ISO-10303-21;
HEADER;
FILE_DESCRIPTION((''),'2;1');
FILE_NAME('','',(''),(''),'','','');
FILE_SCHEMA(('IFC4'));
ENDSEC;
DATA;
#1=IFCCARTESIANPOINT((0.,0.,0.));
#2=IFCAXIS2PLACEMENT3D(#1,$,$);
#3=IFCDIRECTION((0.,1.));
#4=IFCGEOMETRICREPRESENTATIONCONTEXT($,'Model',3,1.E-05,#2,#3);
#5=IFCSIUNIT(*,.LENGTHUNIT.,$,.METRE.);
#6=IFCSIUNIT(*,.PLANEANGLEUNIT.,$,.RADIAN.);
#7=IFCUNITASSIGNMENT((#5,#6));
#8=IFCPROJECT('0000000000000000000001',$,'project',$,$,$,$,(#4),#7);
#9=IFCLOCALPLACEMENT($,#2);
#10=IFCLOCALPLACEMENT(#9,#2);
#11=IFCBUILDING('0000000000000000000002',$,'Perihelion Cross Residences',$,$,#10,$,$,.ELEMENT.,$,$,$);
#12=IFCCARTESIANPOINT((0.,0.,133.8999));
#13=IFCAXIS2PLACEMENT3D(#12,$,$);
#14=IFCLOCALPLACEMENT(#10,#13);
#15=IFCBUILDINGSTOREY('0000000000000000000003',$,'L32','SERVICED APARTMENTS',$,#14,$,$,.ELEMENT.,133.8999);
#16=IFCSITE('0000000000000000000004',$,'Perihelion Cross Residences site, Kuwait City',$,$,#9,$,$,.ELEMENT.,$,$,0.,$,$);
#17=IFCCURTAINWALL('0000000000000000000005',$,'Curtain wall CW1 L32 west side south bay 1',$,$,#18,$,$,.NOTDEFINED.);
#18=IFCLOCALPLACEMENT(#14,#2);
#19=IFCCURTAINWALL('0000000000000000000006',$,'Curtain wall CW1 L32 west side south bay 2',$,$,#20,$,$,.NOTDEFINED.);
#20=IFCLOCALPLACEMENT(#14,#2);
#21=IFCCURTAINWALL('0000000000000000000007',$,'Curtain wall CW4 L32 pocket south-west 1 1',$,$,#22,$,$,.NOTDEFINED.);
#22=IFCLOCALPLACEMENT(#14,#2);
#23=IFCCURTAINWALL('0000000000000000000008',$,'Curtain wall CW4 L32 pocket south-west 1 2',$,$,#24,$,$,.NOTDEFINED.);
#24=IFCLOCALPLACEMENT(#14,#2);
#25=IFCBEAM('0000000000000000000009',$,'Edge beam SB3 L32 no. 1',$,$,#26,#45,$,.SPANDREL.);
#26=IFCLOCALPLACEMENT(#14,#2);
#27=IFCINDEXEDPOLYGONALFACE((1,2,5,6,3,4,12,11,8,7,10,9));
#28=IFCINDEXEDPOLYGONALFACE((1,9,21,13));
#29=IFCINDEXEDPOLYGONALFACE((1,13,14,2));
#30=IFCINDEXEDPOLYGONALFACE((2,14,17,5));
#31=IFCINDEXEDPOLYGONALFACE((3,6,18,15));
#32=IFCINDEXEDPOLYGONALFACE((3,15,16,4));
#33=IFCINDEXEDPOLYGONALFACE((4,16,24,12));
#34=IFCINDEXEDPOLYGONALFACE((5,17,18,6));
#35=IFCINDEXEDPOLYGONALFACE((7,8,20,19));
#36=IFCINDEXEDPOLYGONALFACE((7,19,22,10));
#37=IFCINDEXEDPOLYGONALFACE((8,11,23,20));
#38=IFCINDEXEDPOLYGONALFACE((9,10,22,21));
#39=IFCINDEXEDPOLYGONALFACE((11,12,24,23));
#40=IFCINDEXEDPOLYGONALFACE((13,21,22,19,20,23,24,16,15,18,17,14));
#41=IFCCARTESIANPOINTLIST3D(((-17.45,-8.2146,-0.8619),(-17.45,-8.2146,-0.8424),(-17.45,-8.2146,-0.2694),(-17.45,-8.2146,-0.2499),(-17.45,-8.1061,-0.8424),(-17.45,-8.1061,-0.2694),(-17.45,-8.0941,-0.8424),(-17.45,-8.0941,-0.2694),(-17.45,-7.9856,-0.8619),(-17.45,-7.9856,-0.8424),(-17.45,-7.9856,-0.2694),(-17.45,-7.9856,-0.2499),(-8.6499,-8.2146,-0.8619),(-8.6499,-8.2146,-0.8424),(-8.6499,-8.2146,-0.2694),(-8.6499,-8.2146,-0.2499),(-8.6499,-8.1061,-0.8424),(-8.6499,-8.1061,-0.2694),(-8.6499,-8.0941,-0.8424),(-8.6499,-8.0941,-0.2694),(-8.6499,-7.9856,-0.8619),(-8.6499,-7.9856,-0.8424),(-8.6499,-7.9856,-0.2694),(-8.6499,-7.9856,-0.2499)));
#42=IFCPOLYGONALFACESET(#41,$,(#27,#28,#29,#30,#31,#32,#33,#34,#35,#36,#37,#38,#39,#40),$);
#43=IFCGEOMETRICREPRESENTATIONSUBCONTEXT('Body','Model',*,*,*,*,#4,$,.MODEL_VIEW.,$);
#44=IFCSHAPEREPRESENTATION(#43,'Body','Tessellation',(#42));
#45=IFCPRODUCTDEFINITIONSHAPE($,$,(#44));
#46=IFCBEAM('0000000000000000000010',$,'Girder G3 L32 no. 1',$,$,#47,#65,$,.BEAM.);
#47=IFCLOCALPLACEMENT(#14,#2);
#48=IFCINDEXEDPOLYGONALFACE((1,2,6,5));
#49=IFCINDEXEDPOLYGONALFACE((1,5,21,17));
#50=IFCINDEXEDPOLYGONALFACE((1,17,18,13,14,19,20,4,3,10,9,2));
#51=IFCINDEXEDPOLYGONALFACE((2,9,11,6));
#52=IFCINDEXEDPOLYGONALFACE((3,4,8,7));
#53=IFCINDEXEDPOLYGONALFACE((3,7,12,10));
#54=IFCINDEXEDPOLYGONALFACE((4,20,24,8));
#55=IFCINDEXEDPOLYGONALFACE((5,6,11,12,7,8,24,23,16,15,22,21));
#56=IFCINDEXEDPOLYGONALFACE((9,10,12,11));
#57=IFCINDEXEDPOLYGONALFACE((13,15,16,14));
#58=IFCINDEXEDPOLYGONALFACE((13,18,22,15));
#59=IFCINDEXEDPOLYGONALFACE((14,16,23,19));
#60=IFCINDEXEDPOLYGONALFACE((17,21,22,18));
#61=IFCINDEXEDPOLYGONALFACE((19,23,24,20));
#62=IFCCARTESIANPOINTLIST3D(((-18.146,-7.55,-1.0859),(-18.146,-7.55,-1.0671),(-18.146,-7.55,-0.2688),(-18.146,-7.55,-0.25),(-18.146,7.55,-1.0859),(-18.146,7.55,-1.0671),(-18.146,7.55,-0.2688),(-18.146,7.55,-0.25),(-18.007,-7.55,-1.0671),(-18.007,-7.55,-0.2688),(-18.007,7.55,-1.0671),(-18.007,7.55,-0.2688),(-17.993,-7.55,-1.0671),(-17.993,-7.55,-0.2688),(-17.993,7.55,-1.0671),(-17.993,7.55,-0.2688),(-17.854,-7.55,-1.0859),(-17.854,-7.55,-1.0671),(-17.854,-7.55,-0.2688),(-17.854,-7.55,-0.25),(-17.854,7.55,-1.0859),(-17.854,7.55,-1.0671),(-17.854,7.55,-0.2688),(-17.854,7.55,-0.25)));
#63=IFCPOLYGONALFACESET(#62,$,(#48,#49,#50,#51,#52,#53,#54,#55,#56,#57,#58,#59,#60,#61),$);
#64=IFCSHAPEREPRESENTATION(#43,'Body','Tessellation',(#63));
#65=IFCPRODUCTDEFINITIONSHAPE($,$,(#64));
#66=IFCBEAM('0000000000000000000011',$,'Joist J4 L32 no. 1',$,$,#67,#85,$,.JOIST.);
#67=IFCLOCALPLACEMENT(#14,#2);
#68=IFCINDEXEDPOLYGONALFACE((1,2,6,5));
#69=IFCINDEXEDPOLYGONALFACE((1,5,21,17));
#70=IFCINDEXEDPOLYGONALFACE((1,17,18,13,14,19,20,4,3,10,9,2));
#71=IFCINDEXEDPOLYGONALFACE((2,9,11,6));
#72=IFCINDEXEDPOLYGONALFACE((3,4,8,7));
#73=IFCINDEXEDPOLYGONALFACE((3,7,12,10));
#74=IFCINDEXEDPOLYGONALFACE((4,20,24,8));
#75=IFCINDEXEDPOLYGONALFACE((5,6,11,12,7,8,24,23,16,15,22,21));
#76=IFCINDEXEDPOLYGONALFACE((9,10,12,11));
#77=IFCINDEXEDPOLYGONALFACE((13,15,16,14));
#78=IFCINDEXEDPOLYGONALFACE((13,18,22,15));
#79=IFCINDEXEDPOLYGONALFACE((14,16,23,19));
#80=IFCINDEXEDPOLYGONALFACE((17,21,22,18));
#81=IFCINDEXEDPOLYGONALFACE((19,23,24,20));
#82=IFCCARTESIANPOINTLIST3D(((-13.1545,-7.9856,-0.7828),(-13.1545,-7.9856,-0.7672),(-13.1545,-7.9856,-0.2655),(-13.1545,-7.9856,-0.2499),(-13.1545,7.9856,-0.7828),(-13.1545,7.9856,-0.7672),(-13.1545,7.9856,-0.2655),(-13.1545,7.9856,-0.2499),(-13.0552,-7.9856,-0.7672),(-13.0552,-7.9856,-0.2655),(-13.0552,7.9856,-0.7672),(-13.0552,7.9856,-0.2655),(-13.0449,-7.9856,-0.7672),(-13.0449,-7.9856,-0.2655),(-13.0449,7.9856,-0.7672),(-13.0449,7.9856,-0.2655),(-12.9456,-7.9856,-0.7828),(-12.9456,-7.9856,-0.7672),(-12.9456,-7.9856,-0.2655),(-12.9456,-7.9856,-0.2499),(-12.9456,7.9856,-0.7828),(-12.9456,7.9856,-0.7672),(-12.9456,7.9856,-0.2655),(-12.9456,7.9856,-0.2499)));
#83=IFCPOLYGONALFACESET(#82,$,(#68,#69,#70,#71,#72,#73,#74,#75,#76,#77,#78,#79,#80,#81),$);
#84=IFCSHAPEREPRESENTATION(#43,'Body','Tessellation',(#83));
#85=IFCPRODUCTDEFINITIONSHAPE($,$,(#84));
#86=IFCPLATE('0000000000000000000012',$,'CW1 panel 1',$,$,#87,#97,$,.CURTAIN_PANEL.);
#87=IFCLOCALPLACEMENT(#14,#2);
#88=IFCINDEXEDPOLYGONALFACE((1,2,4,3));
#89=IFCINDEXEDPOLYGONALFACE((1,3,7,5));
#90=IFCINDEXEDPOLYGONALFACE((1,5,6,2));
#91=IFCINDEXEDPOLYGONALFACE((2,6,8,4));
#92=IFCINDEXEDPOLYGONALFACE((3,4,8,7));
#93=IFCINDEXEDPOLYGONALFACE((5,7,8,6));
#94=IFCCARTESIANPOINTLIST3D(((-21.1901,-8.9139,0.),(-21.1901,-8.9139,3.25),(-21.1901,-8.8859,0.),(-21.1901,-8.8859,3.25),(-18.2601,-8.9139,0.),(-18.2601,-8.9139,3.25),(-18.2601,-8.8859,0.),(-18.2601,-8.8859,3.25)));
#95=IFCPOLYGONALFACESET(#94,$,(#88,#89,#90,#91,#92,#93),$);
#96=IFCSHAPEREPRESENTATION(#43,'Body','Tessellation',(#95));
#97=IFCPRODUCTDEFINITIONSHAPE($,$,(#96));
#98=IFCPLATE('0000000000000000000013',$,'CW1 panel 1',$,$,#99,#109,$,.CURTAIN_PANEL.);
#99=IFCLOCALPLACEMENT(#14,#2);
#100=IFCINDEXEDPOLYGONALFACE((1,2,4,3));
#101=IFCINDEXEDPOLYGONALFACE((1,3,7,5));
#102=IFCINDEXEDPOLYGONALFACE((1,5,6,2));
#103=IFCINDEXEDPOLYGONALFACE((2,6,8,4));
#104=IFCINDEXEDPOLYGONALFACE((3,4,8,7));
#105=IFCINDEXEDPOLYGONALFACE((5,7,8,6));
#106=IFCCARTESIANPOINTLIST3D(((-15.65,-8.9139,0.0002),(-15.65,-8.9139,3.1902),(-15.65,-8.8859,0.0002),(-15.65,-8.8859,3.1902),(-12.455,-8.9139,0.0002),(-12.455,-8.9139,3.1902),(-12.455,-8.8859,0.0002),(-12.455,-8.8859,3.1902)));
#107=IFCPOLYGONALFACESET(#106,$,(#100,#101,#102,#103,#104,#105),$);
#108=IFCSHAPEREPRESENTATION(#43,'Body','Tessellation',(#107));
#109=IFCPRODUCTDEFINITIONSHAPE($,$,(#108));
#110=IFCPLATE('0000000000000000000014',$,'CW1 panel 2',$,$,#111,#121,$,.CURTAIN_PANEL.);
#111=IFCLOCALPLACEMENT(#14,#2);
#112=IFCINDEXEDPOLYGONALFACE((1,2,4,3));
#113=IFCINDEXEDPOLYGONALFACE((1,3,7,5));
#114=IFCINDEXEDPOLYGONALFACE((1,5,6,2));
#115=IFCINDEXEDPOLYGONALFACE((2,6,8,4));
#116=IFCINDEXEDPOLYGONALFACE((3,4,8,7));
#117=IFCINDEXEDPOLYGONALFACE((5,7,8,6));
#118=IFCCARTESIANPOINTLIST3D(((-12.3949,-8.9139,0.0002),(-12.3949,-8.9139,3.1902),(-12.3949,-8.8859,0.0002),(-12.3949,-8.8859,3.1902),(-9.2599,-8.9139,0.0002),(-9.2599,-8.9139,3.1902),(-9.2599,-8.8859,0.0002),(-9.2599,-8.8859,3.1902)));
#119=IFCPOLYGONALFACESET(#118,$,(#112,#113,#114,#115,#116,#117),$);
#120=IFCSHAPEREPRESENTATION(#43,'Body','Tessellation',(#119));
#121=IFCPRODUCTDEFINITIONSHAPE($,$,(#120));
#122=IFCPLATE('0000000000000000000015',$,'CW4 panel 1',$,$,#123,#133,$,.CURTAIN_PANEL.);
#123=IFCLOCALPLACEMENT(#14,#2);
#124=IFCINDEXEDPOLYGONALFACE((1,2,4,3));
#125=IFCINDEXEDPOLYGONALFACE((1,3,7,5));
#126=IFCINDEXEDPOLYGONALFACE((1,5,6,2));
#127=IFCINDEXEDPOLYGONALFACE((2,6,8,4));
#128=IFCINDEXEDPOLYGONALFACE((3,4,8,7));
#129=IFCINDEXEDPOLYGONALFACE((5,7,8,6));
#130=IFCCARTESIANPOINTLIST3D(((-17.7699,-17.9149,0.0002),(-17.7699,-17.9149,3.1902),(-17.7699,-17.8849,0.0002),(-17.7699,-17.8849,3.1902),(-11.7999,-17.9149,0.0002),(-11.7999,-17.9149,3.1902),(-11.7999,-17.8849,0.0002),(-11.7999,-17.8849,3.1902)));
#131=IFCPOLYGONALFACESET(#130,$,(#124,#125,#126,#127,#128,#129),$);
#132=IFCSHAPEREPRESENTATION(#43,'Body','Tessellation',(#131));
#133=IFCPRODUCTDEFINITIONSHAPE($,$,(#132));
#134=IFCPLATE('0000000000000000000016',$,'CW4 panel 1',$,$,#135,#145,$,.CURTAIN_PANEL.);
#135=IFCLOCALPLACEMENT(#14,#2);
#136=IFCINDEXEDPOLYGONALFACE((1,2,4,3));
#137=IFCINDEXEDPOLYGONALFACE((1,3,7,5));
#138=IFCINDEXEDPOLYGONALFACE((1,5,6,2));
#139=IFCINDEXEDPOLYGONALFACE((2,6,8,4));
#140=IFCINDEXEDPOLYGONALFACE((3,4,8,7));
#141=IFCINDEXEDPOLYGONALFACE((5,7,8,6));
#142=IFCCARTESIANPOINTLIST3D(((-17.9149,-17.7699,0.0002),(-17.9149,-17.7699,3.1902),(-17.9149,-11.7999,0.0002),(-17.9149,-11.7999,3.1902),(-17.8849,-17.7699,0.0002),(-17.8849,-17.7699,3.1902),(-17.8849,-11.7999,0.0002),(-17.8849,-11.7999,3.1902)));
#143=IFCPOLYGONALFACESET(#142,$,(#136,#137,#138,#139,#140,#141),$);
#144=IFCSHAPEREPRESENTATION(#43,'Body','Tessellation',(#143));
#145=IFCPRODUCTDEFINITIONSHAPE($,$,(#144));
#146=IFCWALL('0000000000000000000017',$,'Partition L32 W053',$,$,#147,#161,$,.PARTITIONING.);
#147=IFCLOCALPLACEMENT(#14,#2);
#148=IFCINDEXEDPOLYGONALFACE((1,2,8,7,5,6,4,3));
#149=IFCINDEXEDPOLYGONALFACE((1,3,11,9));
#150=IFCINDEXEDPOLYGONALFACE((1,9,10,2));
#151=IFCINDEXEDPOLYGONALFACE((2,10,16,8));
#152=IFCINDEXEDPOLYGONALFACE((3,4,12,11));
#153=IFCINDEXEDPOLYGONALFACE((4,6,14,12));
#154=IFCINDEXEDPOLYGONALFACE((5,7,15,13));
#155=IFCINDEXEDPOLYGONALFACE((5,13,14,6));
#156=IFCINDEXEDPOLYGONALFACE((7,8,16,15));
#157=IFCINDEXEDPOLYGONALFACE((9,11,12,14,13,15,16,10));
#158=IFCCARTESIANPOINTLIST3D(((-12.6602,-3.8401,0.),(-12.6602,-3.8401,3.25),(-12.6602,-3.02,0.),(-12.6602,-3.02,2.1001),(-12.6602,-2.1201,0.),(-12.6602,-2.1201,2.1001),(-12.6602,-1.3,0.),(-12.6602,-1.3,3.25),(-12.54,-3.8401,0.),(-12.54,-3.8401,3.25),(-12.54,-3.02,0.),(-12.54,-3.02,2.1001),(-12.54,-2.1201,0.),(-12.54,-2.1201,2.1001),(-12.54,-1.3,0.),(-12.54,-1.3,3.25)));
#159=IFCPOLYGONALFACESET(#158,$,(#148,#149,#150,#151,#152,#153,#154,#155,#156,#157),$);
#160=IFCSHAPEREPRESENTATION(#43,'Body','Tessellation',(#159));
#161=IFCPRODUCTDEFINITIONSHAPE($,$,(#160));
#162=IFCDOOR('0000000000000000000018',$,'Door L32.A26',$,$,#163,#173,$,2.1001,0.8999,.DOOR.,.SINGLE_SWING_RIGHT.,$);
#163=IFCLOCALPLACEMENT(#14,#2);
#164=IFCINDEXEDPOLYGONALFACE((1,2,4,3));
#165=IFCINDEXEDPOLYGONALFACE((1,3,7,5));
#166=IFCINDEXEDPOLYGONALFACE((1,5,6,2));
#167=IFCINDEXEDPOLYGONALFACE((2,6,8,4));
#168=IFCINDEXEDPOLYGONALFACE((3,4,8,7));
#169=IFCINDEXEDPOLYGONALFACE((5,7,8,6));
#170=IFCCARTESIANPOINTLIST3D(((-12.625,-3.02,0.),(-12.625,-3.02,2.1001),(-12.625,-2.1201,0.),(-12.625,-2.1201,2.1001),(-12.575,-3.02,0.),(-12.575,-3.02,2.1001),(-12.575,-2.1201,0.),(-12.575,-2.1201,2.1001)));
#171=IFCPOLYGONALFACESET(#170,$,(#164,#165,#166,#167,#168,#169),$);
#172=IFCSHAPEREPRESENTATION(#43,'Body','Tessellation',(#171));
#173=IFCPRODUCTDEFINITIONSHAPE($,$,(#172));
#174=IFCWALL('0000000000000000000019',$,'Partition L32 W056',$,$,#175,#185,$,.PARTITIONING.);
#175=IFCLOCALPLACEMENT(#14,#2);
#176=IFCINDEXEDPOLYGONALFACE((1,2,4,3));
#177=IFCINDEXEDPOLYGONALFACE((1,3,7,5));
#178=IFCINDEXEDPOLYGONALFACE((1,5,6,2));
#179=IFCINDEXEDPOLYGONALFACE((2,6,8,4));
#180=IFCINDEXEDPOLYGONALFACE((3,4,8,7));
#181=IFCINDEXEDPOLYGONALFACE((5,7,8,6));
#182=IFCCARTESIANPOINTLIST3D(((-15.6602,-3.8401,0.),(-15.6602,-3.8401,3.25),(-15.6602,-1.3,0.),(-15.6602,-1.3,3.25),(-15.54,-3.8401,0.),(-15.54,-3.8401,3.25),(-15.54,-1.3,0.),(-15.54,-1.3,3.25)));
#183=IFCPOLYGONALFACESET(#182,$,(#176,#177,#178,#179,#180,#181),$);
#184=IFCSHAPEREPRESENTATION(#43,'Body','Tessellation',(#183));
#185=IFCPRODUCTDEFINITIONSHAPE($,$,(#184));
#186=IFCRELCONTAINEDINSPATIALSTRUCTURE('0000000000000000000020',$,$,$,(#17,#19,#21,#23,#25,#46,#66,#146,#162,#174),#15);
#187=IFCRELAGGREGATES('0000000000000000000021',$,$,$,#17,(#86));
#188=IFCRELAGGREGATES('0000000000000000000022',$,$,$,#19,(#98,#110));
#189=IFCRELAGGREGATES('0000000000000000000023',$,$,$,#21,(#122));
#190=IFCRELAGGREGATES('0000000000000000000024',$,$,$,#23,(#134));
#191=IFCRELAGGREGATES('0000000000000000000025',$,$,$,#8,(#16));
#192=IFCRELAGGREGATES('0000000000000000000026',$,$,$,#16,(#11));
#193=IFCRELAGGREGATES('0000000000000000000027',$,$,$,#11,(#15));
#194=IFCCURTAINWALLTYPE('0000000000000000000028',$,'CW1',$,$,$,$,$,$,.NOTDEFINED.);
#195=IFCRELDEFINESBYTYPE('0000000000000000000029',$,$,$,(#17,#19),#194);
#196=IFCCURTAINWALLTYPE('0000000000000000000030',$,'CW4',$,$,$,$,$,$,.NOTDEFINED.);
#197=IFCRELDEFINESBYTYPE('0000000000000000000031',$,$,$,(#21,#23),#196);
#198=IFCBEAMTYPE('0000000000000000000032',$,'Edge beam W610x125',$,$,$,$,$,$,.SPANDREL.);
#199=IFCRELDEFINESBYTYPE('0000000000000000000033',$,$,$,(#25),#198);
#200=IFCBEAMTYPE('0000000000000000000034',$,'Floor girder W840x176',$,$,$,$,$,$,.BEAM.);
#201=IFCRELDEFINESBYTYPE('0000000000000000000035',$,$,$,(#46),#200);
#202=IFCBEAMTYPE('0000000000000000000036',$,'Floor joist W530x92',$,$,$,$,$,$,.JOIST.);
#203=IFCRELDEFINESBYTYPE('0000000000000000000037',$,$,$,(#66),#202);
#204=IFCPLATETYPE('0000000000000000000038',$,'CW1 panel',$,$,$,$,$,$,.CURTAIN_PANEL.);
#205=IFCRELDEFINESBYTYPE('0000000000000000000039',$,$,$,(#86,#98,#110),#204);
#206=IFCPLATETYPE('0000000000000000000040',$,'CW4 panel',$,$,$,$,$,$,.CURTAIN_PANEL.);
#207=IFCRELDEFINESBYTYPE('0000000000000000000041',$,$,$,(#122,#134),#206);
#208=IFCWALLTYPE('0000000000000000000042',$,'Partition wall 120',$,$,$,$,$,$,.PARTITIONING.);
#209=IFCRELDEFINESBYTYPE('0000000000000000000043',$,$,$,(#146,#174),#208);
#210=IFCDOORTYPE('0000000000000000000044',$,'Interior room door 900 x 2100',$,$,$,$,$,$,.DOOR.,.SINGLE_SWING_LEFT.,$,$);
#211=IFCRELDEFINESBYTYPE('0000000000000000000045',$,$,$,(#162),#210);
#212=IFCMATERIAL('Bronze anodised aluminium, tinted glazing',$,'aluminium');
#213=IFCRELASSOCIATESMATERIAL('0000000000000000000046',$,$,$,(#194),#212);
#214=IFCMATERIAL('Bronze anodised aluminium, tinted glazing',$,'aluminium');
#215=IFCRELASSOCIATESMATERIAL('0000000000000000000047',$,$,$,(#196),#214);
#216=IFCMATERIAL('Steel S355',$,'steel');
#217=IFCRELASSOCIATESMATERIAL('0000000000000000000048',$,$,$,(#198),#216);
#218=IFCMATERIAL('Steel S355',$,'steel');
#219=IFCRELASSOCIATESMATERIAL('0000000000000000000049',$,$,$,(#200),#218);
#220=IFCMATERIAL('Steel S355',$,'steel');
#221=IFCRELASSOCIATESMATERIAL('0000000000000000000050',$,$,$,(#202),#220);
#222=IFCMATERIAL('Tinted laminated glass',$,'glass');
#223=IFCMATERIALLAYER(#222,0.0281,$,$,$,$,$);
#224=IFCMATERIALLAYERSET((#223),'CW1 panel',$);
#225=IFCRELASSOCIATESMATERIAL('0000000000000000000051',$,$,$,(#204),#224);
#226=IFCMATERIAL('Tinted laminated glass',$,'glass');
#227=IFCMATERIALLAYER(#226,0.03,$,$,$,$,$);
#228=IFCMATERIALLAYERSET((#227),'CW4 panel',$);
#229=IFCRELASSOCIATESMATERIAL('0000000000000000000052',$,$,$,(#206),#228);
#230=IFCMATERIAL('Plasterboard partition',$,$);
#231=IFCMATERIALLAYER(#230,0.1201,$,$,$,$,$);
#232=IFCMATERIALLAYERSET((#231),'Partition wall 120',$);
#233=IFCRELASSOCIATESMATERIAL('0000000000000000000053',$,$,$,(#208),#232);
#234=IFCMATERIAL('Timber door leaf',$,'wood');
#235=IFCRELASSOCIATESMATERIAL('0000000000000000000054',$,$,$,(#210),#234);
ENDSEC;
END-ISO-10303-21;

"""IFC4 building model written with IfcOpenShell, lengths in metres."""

from ifc_helpers import new_model, si_unit, direction, frame, frame_2d, origin, origin_2d, place, context, subcontext, project, spatial, rectangle, i_section, extrude, material, layer, layer_set, material_profile, profile_set, type_object, element, fill, aggregate, save


model = new_model("IFC4")

# Units and contexts
model_context = context("Model", 3, precision=1e-05, world=origin(), true_north=direction((0.0, 1.0)))
body_context = subcontext(model_context, "Body", "Model", "MODEL_VIEW")
ifc_project = project(units=[si_unit("LENGTHUNIT", "METRE"), si_unit("PLANEANGLEUNIT", "RADIAN")], contexts=[model_context])

# Site, building, storey
site_placement = place(None, origin())
site = spatial("IfcSite", under=ifc_project, at=site_placement, Name="Perihelion Cross Residences site, Kuwait City", CompositionType="ELEMENT", RefElevation=0.0)
building_placement = place(site_placement, origin())
building = spatial("IfcBuilding", under=site, at=building_placement, Name="Perihelion Cross Residences", CompositionType="ELEMENT")
storey_placement = place(building_placement, frame((0.0, 0.0, 133.8999)))
storey = spatial("IfcBuildingStorey", under=building, at=storey_placement, Name="L32", Description="SERVICED APARTMENTS", CompositionType="ELEMENT", Elevation=133.8999)

# Curtain wall
ifc_material_1 = material(Name="Bronze anodised aluminium, tinted glazing", Category="aluminium")
curtain_wall_type_1 = type_object("IfcCurtainWallType", Name="CW1", PredefinedType="NOTDEFINED", material=ifc_material_1)
curtain_wall_1_placement = place(storey_placement, origin())
curtain_wall_1 = element("IfcCurtainWall", 1, at=curtain_wall_1_placement, inside=storey, type_object=curtain_wall_type_1, Name="Curtain wall CW1 L32 west side south bay 1", PredefinedType="NOTDEFINED")

# Curtain walls
curtain_wall_2_placement = place(storey_placement, origin())
curtain_wall_2 = element("IfcCurtainWall", 2, at=curtain_wall_2_placement, inside=storey, type_object=curtain_wall_type_1, Name="Curtain wall CW1 L32 west side south bay 2", PredefinedType="NOTDEFINED")
ifc_material_2 = material(Name="Bronze anodised aluminium, tinted glazing", Category="aluminium")
curtain_wall_type_2 = type_object("IfcCurtainWallType", Name="CW4", PredefinedType="NOTDEFINED", material=ifc_material_2)
curtain_wall_3_placement = place(storey_placement, origin())
curtain_wall_3 = element("IfcCurtainWall", 3, at=curtain_wall_3_placement, inside=storey, type_object=curtain_wall_type_2, Name="Curtain wall CW4 L32 pocket south-west 1 1", PredefinedType="NOTDEFINED")
curtain_wall_4_placement = place(storey_placement, origin())
curtain_wall_4 = element("IfcCurtainWall", 4, at=curtain_wall_4_placement, inside=storey, type_object=curtain_wall_type_2, Name="Curtain wall CW4 L32 pocket south-west 1 2", PredefinedType="NOTDEFINED")

# Beams
ifc_material_3 = material(Name="Steel S355", Category="steel")
ifc_material_profile_1 = material_profile(ifc_material_3, i_section(OverallWidth=0.229, OverallDepth=0.6121, WebThickness=0.012, FlangeThickness=0.0195, at=origin_2d()), Name="W610x125")
ifc_profile_set_1 = profile_set([ifc_material_profile_1], Name="Steel S355")
beam_type_1 = type_object("IfcBeamType", Name="Edge beam W610x125", PredefinedType="SPANDREL", material=ifc_profile_set_1)
beam_1_placement = place(storey_placement, frame((-17.45, -8.1001, -0.5559), z_axis=(1.0, 0.0, 0.0), x_axis=(0.0, 1.0, 0.0)))
element("IfcBeam", 5, at=beam_1_placement, inside=storey, type_object=beam_type_1, Name="Edge beam SB3 L32 no. 1", PredefinedType="SPANDREL", context=body_context, shape_type="SweptSolid", body=[
    extrude(i_section(OverallWidth=0.229, OverallDepth=0.6121, WebThickness=0.012, FlangeThickness=0.0195, at=origin_2d()), origin(), (0.0, 0.0, 1.0), 8.8),
])
ifc_material_4 = material(Name="Steel S355", Category="steel")
ifc_material_profile_2 = material_profile(ifc_material_4, i_section(OverallWidth=0.292, OverallDepth=0.8359, WebThickness=0.0139, FlangeThickness=0.0188, at=origin_2d()), Name="W840x176")
ifc_profile_set_2 = profile_set([ifc_material_profile_2], Name="Steel S355")
beam_type_2 = type_object("IfcBeamType", Name="Floor girder W840x176", PredefinedType="BEAM", material=ifc_profile_set_2)
beam_2_placement = place(storey_placement, frame((-18.0, -7.55, -0.668), z_axis=(0.0, 1.0, 0.0), x_axis=(-1.0, 0.0, 0.0)))
element("IfcBeam", 6, at=beam_2_placement, inside=storey, type_object=beam_type_2, Name="Girder G3 L32 no. 1", PredefinedType="BEAM", context=body_context, shape_type="SweptSolid", body=[
    extrude(i_section(OverallWidth=0.292, OverallDepth=0.8359, WebThickness=0.0139, FlangeThickness=0.0188, at=origin_2d()), origin(), (0.0, 0.0, 1.0), 15.1001),
])
ifc_material_5 = material(Name="Steel S355", Category="steel")
ifc_material_profile_3 = material_profile(ifc_material_5, i_section(OverallWidth=0.209, OverallDepth=0.533, WebThickness=0.0103, FlangeThickness=0.0156, at=origin_2d()), Name="W530x92")
ifc_profile_set_3 = profile_set([ifc_material_profile_3], Name="Steel S355")
beam_type_3 = type_object("IfcBeamType", Name="Floor joist W530x92", PredefinedType="JOIST", material=ifc_profile_set_3)
beam_3_placement = place(storey_placement, frame((-13.05, -7.9856, -0.5164), z_axis=(0.0, 1.0, 0.0), x_axis=(-1.0, 0.0, 0.0)))
element("IfcBeam", 7, at=beam_3_placement, inside=storey, type_object=beam_type_3, Name="Joist J4 L32 no. 1", PredefinedType="JOIST", context=body_context, shape_type="SweptSolid", body=[
    extrude(i_section(OverallWidth=0.209, OverallDepth=0.533, WebThickness=0.0103, FlangeThickness=0.0156, at=origin_2d()), origin(), (0.0, 0.0, 1.0), 15.9712),
])

# Plates
ifc_material_6 = material(Name="Tinted laminated glass", Category="glass")
ifc_layer_1 = layer(ifc_material_6, 0.0281)
ifc_layer_set_1 = layer_set([ifc_layer_1], Name="CW1 panel")
plate_type_1 = type_object("IfcPlateType", Name="CW1 panel", PredefinedType="CURTAIN_PANEL", material=ifc_layer_set_1)
plate_1_placement = place(storey_placement, frame((-19.7251, -8.8999, 0.0), z_axis=(0.0, 0.0, 1.0), x_axis=(1.0, 0.0, 0.0)))
plate_1 = element("IfcPlate", 8, at=plate_1_placement, type_object=plate_type_1, Name="CW1 panel 1", PredefinedType="CURTAIN_PANEL", context=body_context, shape_type="SweptSolid", body=[
    extrude(rectangle(XDim=2.9299, YDim=0.0281, at=origin_2d()), origin(), (0.0, 0.0, 1.0), 3.25),
])
aggregate(curtain_wall_1, [plate_1])
plate_2_placement = place(storey_placement, frame((-14.0525, -8.8999, 0.0002), z_axis=(0.0, 0.0, 1.0), x_axis=(1.0, 0.0, 0.0)))
plate_2 = element("IfcPlate", 9, at=plate_2_placement, type_object=plate_type_1, Name="CW1 panel 1", PredefinedType="CURTAIN_PANEL", context=body_context, shape_type="SweptSolid", body=[
    extrude(rectangle(XDim=3.1951, YDim=0.0281, at=origin_2d()), origin(), (0.0, 0.0, 1.0), 3.1899),
])
plate_3_placement = place(storey_placement, frame((-10.8274, -8.8999, 0.0002), z_axis=(0.0, 0.0, 1.0), x_axis=(1.0, 0.0, 0.0)))
plate_3 = element("IfcPlate", 10, at=plate_3_placement, type_object=plate_type_1, Name="CW1 panel 2", PredefinedType="CURTAIN_PANEL", context=body_context, shape_type="SweptSolid", body=[
    extrude(rectangle(XDim=3.135, YDim=0.0281, at=origin_2d()), origin(), (0.0, 0.0, 1.0), 3.1899),
])
aggregate(curtain_wall_2, [plate_2, plate_3])
ifc_material_7 = material(Name="Tinted laminated glass", Category="glass")
ifc_layer_2 = layer(ifc_material_7, 0.03)
ifc_layer_set_2 = layer_set([ifc_layer_2], Name="CW4 panel")
plate_type_2 = type_object("IfcPlateType", Name="CW4 panel", PredefinedType="CURTAIN_PANEL", material=ifc_layer_set_2)
plate_4_placement = place(storey_placement, frame((-14.7849, -17.8999, 0.0002), z_axis=(0.0, 0.0, 1.0), x_axis=(-1.0, 0.0, 0.0)))
plate_4 = element("IfcPlate", 11, at=plate_4_placement, type_object=plate_type_2, Name="CW4 panel 1", PredefinedType="CURTAIN_PANEL", context=body_context, shape_type="SweptSolid", body=[
    extrude(rectangle(XDim=5.97, YDim=0.03, at=origin_2d()), origin(), (0.0, 0.0, 1.0), 3.1899),
])
aggregate(curtain_wall_3, [plate_4])
plate_5_placement = place(storey_placement, frame((-17.8999, -14.7849, 0.0002), z_axis=(0.0, 0.0, 1.0), x_axis=(0.0, 1.0, 0.0)))
plate_5 = element("IfcPlate", 12, at=plate_5_placement, type_object=plate_type_2, Name="CW4 panel 1", PredefinedType="CURTAIN_PANEL", context=body_context, shape_type="SweptSolid", body=[
    extrude(rectangle(XDim=5.97, YDim=0.03, at=origin_2d()), origin(), (0.0, 0.0, 1.0), 3.1899),
])
aggregate(curtain_wall_4, [plate_5])

# Wall, opening, door
ifc_material_8 = material(Name="Plasterboard partition")
ifc_layer_3 = layer(ifc_material_8, 0.1201)
ifc_layer_set_3 = layer_set([ifc_layer_3], Name="Partition wall 120")
wall_type_1 = type_object("IfcWallType", Name="Partition wall 120", PredefinedType="PARTITIONING", material=ifc_layer_set_3)
wall_1_placement = place(storey_placement, frame((-12.6001, -3.8401, 0.0), z_axis=(0.0, 0.0, 1.0), x_axis=(0.0, 1.0, 0.0)))
wall_1 = element("IfcWall", 13, at=wall_1_placement, inside=storey, type_object=wall_type_1, Name="Partition L32 W053", PredefinedType="PARTITIONING", context=body_context, shape_type="SweptSolid", body=[
    extrude(rectangle(XDim=2.54, YDim=0.1201, at=frame_2d((1.27, 0.0))), origin(), (0.0, 0.0, 1.0), 3.25),
])
opening_1_placement = place(wall_1_placement, frame((0.8201, 0.0, 0.0)))
opening_1 = element("IfcOpeningElement", 14, at=opening_1_placement, cuts=wall_1, PredefinedType="OPENING", context=body_context, shape_type="SweptSolid", body=[
    extrude(rectangle(XDim=0.8999, YDim=2.1001, at=frame_2d((0.45, 1.05))), frame((0.0, 0.0701, 0.0), z_axis=(0.0, -1.0, 0.0), x_axis=(1.0, 0.0, 0.0)), (0.0, 0.0, 1.0), 0.1401),
])
ifc_material_9 = material(Name="Timber door leaf", Category="wood")
door_type_1 = type_object("IfcDoorType", Name="Interior room door 900 x 2100", OperationType="SINGLE_SWING_LEFT", PredefinedType="DOOR", material=ifc_material_9)
door_1_placement = place(opening_1_placement, origin())
door_1 = element("IfcDoor", 15, at=door_1_placement, inside=storey, type_object=door_type_1, Name="Door L32.A26", OperationType="SINGLE_SWING_RIGHT", OverallHeight=2.1001, OverallWidth=0.8999, PredefinedType="DOOR", context=body_context, shape_type="SweptSolid", body=[
    extrude(rectangle(XDim=0.8999, YDim=2.1001, at=frame_2d((0.45, 1.05))), frame((0.0, 0.0249, 0.0), z_axis=(0.0, -1.0, 0.0), x_axis=(1.0, 0.0, 0.0)), (0.0, 0.0, 1.0), 0.05),
])
fill(opening_1, door_1)

# Wall
wall_2_placement = place(storey_placement, frame((-15.6001, -3.8401, 0.0), z_axis=(0.0, 0.0, 1.0), x_axis=(0.0, 1.0, 0.0)))
element("IfcWall", 16, at=wall_2_placement, inside=storey, type_object=wall_type_1, Name="Partition L32 W056", PredefinedType="PARTITIONING", context=body_context, shape_type="SweptSolid", body=[
    extrude(rectangle(XDim=2.54, YDim=0.1201, at=frame_2d((1.27, 0.0))), origin(), (0.0, 0.0, 1.0), 3.25),
])

save(model, "model.ifc")
